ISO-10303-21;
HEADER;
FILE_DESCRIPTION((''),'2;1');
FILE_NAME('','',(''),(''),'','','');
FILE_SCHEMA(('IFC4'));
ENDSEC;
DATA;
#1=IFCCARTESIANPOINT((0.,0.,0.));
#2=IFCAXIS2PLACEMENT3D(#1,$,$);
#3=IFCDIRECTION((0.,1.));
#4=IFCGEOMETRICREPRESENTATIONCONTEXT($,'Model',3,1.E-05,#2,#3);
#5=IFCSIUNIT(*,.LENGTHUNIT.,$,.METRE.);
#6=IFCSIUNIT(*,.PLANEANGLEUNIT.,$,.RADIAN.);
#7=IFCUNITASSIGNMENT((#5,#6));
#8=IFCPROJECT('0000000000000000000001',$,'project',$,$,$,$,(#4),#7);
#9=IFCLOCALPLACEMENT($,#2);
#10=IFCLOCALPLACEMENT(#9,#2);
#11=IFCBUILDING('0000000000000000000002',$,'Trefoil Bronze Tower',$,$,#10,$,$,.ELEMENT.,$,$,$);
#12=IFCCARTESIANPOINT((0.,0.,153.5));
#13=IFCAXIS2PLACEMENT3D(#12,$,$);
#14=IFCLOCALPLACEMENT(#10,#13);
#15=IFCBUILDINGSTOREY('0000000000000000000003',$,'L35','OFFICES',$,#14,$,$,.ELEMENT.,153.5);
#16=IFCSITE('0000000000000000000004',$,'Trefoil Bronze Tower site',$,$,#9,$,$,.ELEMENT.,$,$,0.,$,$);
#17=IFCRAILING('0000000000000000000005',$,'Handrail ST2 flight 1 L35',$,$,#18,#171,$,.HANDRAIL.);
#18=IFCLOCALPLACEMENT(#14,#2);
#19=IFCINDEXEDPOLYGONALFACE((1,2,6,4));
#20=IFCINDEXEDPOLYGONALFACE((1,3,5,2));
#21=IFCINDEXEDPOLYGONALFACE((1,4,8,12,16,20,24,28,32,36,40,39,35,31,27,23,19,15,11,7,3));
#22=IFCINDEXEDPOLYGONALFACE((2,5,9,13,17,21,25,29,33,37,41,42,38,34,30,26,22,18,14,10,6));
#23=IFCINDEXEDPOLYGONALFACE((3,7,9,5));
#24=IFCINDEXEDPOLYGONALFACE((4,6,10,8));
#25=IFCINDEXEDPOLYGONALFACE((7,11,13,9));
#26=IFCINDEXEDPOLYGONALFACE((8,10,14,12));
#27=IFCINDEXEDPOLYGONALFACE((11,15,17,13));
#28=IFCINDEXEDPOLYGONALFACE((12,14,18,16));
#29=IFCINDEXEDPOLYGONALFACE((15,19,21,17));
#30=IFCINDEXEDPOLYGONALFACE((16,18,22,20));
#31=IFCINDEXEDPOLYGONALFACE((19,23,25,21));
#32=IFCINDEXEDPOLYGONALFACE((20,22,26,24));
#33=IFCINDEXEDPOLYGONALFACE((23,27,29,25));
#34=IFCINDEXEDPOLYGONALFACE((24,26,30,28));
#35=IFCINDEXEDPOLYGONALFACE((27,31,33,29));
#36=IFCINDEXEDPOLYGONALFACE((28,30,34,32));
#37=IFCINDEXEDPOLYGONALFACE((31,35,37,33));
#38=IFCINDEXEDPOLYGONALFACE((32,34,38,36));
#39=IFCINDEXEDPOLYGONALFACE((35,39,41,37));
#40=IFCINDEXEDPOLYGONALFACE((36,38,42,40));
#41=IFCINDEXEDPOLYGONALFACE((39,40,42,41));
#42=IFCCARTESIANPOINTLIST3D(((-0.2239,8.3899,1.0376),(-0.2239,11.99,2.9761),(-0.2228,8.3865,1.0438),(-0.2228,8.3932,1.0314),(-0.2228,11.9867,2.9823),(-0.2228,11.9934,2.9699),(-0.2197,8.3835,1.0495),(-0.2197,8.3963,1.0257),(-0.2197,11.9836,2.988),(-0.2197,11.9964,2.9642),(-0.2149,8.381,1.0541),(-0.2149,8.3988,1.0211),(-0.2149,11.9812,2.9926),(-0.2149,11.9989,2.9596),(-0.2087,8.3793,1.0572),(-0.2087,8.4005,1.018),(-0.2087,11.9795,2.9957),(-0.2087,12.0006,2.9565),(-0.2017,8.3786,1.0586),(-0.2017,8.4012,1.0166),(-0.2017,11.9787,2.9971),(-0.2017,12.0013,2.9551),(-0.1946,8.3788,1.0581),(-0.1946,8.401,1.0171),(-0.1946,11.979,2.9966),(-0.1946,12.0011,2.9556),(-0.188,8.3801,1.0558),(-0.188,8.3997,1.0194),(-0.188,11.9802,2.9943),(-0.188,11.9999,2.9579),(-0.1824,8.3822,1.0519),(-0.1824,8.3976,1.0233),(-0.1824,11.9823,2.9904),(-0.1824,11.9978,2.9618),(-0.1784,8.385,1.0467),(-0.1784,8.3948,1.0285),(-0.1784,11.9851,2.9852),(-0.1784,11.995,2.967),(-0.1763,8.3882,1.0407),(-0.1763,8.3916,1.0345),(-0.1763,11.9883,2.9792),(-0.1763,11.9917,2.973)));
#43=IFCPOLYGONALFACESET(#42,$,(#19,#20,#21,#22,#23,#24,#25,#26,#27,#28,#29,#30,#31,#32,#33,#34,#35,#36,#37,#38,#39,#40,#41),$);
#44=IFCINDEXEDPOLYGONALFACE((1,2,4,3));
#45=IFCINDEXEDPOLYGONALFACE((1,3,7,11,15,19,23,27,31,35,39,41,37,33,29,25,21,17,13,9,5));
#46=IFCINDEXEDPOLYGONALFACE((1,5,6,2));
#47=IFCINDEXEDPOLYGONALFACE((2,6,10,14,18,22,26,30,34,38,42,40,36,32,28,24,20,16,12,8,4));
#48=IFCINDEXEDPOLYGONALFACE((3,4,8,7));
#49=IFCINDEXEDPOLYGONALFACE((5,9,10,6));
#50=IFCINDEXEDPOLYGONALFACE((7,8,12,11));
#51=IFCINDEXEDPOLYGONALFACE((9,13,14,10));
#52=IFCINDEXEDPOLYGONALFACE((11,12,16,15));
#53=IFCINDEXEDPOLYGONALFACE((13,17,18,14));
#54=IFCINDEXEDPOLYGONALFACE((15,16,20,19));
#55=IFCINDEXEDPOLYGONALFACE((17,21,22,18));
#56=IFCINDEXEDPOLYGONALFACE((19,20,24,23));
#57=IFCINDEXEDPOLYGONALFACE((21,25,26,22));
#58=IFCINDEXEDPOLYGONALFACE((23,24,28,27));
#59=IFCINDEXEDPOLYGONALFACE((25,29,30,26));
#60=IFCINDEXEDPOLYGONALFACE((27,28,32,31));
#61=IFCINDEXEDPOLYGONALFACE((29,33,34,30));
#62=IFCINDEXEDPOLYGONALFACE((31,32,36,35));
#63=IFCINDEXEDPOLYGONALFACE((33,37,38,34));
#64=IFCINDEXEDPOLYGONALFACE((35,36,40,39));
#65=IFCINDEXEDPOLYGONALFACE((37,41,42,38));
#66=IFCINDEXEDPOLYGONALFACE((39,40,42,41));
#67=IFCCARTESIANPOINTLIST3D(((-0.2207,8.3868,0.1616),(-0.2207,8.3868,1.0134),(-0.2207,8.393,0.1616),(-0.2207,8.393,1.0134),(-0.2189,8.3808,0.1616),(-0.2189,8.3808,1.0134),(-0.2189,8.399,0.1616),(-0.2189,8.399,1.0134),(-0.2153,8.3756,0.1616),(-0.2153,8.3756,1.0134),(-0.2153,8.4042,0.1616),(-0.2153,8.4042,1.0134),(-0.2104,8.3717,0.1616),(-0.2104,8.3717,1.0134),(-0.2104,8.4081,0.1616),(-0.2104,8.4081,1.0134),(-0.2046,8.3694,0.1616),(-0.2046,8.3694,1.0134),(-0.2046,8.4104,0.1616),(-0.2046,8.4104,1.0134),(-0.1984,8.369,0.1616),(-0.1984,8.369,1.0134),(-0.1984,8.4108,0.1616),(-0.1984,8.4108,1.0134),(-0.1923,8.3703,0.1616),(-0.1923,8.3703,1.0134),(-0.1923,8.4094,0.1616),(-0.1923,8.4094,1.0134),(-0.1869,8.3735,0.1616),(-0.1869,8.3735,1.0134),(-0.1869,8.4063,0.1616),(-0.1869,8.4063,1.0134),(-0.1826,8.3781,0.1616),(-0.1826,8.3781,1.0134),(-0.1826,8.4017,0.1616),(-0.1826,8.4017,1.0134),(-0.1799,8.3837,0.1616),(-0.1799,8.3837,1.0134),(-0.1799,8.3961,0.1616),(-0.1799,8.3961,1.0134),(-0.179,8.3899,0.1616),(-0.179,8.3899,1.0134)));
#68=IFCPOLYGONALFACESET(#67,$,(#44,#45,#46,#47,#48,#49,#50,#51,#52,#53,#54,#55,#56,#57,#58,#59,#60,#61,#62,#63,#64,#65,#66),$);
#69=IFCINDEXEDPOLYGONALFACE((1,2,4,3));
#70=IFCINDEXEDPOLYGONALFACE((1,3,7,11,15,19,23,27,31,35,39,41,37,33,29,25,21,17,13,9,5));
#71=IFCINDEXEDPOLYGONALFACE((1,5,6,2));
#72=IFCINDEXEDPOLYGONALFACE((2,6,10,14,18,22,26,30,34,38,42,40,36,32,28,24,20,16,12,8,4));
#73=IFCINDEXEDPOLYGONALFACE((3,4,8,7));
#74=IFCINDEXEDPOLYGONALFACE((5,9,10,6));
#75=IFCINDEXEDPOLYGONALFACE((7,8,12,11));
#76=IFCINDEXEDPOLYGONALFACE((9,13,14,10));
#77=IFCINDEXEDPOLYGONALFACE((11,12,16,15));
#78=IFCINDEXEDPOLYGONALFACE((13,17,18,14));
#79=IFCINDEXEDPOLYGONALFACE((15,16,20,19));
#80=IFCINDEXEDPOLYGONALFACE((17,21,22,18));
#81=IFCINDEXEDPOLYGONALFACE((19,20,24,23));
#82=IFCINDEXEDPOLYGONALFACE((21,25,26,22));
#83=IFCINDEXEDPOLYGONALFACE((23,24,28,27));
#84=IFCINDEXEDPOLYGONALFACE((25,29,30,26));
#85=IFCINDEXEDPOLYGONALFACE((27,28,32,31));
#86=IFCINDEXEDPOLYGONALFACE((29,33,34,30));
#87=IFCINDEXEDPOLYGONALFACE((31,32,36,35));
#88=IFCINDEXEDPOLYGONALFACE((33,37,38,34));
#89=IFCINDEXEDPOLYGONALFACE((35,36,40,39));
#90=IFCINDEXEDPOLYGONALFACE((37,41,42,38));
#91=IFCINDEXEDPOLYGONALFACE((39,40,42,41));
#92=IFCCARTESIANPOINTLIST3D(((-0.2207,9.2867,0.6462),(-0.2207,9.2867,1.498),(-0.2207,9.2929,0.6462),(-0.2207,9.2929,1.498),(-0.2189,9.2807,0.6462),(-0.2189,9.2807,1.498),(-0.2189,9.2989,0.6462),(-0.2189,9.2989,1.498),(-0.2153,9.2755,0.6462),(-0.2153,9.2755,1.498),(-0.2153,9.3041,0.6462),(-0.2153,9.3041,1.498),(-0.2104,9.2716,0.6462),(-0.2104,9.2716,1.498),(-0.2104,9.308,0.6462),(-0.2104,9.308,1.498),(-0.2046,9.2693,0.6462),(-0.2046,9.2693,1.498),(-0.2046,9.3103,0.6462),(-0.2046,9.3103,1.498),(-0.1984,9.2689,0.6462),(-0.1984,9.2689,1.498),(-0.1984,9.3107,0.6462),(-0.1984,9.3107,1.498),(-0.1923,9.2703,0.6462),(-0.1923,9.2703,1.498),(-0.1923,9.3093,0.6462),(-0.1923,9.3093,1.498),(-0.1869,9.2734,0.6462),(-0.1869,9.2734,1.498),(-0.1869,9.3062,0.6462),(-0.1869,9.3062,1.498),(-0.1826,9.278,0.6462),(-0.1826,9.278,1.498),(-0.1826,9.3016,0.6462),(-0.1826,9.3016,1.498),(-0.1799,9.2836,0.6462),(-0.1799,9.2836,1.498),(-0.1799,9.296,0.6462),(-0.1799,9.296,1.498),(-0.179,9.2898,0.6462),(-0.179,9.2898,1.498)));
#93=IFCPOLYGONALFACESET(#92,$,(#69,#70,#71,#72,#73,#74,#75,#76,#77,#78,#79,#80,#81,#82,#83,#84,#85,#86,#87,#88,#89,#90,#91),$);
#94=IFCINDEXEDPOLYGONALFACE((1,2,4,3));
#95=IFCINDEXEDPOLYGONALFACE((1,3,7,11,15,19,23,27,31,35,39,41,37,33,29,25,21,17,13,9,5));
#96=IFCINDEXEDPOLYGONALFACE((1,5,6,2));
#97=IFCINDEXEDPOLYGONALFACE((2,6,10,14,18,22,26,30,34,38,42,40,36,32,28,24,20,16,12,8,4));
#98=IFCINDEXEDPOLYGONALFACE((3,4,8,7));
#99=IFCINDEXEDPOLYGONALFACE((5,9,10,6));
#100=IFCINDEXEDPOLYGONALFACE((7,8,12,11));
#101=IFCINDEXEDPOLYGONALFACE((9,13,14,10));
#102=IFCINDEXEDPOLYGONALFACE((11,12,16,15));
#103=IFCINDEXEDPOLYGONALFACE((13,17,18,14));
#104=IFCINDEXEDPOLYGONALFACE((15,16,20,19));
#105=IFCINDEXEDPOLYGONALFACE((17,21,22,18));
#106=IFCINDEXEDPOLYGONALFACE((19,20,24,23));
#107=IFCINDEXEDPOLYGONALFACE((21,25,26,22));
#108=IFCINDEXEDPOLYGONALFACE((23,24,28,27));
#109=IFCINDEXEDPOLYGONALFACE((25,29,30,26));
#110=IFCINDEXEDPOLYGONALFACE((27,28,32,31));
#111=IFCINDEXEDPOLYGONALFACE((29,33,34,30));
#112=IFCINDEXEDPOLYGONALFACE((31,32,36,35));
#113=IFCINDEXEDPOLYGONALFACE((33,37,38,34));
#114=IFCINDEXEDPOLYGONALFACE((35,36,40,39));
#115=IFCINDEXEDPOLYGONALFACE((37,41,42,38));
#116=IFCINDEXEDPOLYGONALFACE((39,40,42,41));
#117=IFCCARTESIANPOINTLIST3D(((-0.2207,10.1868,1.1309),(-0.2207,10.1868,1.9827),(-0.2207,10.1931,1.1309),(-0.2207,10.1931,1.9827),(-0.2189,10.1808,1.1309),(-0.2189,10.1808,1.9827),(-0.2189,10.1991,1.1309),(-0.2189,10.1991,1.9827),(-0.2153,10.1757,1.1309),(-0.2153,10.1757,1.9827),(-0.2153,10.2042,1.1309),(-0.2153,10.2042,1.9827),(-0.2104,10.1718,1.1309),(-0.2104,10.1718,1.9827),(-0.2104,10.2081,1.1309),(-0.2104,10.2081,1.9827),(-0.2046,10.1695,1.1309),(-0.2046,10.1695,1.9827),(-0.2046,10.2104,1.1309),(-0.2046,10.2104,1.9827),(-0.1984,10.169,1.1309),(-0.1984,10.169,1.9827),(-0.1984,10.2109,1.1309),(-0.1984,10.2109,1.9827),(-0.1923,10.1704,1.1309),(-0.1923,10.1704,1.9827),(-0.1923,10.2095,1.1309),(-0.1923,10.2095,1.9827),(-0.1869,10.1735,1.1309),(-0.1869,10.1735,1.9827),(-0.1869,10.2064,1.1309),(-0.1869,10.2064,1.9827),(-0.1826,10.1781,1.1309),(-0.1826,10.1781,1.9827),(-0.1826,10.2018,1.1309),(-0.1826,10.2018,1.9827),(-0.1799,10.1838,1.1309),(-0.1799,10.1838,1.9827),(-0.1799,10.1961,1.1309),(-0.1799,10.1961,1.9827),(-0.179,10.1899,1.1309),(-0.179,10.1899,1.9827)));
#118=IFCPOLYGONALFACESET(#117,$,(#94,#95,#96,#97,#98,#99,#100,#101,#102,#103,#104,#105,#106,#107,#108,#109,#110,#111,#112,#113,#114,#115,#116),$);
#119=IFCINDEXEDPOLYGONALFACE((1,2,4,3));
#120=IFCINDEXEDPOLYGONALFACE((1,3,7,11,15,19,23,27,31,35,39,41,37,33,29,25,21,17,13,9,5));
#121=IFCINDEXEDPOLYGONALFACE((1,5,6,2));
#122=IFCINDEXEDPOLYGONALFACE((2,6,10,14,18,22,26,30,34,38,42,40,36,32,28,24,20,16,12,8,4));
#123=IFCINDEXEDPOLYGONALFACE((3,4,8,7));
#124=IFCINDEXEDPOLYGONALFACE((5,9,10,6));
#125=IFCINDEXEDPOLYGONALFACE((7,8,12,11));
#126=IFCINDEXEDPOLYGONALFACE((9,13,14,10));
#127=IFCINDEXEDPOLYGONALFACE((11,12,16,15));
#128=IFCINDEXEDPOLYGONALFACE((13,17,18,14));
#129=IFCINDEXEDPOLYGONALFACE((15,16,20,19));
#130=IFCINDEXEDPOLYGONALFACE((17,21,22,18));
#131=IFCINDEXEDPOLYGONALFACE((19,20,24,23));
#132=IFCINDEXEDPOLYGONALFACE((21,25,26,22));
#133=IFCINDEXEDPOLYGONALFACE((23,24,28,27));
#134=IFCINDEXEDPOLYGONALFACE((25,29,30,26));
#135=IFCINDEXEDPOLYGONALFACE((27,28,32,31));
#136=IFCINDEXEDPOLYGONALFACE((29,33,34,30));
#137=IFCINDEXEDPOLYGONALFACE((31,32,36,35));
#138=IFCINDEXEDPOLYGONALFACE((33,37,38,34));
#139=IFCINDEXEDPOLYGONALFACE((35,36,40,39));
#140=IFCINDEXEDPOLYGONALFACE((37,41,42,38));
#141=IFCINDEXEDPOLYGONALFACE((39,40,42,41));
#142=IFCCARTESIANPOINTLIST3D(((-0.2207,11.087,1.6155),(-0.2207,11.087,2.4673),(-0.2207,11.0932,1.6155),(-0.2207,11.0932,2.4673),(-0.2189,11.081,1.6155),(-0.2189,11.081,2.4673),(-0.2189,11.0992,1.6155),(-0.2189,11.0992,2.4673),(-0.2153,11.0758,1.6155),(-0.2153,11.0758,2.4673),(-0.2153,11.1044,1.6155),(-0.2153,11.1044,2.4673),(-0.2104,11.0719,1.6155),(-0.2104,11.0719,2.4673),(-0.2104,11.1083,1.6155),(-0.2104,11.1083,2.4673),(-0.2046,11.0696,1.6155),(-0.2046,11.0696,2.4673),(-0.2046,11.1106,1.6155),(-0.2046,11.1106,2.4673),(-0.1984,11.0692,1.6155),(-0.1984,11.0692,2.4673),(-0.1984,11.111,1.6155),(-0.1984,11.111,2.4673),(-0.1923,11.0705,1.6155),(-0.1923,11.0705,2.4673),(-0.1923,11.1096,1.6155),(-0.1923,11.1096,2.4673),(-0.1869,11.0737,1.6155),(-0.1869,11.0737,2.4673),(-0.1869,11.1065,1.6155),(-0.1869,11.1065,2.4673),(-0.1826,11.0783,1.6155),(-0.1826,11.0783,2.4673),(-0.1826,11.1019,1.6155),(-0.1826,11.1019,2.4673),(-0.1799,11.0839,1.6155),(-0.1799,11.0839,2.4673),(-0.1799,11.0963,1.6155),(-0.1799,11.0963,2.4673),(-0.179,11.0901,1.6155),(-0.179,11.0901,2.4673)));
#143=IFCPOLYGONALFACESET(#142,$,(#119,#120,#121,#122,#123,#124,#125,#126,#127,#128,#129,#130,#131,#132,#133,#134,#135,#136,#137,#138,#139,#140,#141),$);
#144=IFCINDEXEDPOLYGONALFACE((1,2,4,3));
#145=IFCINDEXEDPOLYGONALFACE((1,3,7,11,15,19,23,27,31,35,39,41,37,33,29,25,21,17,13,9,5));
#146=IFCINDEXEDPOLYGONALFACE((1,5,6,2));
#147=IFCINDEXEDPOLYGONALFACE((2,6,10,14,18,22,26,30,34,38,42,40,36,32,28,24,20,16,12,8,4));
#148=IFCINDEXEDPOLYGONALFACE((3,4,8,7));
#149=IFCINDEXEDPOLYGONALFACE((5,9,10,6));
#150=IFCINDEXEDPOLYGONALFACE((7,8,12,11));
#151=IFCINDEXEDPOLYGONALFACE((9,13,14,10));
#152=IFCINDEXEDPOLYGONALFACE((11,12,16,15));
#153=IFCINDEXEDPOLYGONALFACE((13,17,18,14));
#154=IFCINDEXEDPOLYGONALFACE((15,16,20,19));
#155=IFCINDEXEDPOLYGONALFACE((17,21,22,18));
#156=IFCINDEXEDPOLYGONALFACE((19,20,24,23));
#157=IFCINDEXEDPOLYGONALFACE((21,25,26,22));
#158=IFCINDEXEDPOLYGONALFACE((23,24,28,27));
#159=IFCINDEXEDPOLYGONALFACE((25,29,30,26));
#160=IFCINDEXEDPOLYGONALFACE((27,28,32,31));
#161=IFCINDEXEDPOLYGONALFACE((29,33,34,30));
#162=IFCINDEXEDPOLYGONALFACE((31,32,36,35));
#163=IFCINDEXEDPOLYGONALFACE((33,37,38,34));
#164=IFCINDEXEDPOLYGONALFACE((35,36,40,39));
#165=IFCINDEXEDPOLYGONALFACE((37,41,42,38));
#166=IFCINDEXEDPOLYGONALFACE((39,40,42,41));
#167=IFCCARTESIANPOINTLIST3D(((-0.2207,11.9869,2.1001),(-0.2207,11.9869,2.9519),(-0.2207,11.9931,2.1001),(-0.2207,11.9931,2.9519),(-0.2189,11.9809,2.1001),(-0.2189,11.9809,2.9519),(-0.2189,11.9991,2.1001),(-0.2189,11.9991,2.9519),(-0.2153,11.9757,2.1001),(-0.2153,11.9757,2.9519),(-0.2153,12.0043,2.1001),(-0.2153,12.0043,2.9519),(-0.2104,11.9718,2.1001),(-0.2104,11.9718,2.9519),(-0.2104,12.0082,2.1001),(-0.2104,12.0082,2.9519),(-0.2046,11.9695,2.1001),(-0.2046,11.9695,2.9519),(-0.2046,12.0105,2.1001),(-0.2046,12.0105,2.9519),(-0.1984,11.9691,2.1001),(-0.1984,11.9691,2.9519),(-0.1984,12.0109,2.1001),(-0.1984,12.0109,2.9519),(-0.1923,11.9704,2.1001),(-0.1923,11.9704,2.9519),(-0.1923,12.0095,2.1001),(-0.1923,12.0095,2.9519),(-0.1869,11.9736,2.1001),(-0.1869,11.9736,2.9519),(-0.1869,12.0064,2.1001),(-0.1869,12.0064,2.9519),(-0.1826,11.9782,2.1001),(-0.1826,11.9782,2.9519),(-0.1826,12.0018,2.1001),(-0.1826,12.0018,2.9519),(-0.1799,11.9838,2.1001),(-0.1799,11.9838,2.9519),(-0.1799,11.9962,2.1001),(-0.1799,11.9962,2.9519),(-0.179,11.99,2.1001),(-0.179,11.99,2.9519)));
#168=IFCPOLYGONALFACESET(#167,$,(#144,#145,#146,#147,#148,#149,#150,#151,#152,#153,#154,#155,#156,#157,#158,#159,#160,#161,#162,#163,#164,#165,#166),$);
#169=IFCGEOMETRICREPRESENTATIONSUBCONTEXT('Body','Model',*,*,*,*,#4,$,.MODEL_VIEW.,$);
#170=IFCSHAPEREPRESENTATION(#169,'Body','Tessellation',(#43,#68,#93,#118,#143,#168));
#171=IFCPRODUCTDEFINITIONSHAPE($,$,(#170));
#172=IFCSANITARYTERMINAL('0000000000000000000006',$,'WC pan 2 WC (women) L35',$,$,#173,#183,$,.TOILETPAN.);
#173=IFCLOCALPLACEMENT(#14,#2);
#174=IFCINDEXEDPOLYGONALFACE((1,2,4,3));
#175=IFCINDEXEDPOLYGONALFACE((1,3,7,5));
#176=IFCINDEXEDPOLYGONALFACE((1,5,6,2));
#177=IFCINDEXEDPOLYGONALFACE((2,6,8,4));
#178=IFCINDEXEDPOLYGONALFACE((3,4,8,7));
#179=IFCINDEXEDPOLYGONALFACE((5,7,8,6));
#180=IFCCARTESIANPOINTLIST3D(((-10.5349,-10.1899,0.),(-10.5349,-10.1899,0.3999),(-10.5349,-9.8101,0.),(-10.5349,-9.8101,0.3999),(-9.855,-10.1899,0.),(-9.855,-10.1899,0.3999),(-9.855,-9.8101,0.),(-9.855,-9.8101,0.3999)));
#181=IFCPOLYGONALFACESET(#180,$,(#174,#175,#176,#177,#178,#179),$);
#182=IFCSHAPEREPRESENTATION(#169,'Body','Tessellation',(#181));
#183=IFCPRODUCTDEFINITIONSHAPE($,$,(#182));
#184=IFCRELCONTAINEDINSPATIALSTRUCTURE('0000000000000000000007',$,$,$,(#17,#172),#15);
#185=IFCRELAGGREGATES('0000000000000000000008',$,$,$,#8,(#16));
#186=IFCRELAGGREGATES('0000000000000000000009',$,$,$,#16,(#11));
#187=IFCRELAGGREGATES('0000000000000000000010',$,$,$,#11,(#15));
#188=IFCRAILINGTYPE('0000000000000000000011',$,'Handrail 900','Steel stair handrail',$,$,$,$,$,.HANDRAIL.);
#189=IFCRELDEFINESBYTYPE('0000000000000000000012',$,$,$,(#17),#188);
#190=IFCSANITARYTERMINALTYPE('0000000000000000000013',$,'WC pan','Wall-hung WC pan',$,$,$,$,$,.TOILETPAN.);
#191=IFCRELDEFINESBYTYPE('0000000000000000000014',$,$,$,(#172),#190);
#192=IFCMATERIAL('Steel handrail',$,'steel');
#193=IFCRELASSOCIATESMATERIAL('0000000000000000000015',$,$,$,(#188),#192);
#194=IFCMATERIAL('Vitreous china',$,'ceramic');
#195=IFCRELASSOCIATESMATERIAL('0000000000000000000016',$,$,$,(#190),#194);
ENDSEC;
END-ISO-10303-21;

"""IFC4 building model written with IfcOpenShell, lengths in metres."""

from ifc_helpers import new_model, si_unit, direction, frame, origin, origin_2d, place, context, subcontext, project, spatial, polyline, circle, outline, extrude, material, type_object, element, save


model = new_model("IFC4")

# Units and contexts
model_context = context("Model", 3, precision=1e-05, world=origin(), true_north=direction((0.0, 1.0)))
body_context = subcontext(model_context, "Body", "Model", "MODEL_VIEW")
ifc_project = project(units=[si_unit("LENGTHUNIT", "METRE"), si_unit("PLANEANGLEUNIT", "RADIAN")], contexts=[model_context])

# Site, building, storey
site_placement = place(None, origin())
site = spatial("IfcSite", under=ifc_project, at=site_placement, Name="Trefoil Bronze Tower site", CompositionType="ELEMENT", RefElevation=0.0)
building_placement = place(site_placement, origin())
building = spatial("IfcBuilding", under=site, at=building_placement, Name="Trefoil Bronze Tower", CompositionType="ELEMENT")
storey_placement = place(building_placement, frame((0.0, 0.0, 153.5)))
storey = spatial("IfcBuildingStorey", under=building, at=storey_placement, Name="L35", Description="OFFICES", CompositionType="ELEMENT", Elevation=153.5)

# Railing
ifc_material_1 = material(Name="Steel handrail", Category="steel")
railing_type = type_object("IfcRailingType", Name="Handrail 900", Description="Steel stair handrail", PredefinedType="HANDRAIL", material=ifc_material_1)
railing_placement = place(storey_placement, frame((-0.2, 8.3899, 0.1616)))
element("IfcRailing", 1, at=railing_placement, inside=storey, type_object=railing_type, Name="Handrail ST2 flight 1 L35", PredefinedType="HANDRAIL", context=body_context, shape_type="SweptSolid", body=[
    extrude(circle(Radius=0.0239, at=origin_2d()), frame((0.0, 0.0, 0.876), z_axis=(0.0, 0.880475, 0.474093), x_axis=(-1.0, 0.0, 0.0)), (0.0, 0.0, 1.0), 4.0889),
    extrude(circle(Radius=0.021, at=origin_2d()), origin(), (0.0, 0.0, 1.0), 0.8518),
    extrude(circle(Radius=0.021, at=origin_2d()), frame((0.0, 0.8999, 0.4846)), (0.0, 0.0, 1.0), 0.8518),
    extrude(circle(Radius=0.021, at=origin_2d()), frame((0.0, 1.8, 0.9692)), (0.0, 0.0, 1.0), 0.8518),
    extrude(circle(Radius=0.021, at=origin_2d()), frame((0.0, 2.7002, 1.4539)), (0.0, 0.0, 1.0), 0.8518),
    extrude(circle(Radius=0.021, at=origin_2d()), frame((0.0, 3.6001, 1.9385)), (0.0, 0.0, 1.0), 0.8518),
])

# Sanitary terminal
ifc_material_2 = material(Name="Vitreous china", Category="ceramic")
sanitary_terminal_type = type_object("IfcSanitaryTerminalType", Name="WC pan", Description="Wall-hung WC pan", PredefinedType="TOILETPAN", material=ifc_material_2)
sanitary_terminal_placement = place(storey_placement, origin())
element("IfcSanitaryTerminal", 2, at=sanitary_terminal_placement, inside=storey, type_object=sanitary_terminal_type, Name="WC pan 2 WC (women) L35", PredefinedType="TOILETPAN", context=body_context, shape_type="SweptSolid", body=[
    extrude(outline(polyline([(-9.855, -9.8101), (-10.5349, -9.8101), (-10.5349, -10.1899), (-9.855, -10.1899), (-9.855, -9.8101)])), origin(), (0.0, 0.0, 1.0), 0.3999),
])

save(model, "model.ifc")
